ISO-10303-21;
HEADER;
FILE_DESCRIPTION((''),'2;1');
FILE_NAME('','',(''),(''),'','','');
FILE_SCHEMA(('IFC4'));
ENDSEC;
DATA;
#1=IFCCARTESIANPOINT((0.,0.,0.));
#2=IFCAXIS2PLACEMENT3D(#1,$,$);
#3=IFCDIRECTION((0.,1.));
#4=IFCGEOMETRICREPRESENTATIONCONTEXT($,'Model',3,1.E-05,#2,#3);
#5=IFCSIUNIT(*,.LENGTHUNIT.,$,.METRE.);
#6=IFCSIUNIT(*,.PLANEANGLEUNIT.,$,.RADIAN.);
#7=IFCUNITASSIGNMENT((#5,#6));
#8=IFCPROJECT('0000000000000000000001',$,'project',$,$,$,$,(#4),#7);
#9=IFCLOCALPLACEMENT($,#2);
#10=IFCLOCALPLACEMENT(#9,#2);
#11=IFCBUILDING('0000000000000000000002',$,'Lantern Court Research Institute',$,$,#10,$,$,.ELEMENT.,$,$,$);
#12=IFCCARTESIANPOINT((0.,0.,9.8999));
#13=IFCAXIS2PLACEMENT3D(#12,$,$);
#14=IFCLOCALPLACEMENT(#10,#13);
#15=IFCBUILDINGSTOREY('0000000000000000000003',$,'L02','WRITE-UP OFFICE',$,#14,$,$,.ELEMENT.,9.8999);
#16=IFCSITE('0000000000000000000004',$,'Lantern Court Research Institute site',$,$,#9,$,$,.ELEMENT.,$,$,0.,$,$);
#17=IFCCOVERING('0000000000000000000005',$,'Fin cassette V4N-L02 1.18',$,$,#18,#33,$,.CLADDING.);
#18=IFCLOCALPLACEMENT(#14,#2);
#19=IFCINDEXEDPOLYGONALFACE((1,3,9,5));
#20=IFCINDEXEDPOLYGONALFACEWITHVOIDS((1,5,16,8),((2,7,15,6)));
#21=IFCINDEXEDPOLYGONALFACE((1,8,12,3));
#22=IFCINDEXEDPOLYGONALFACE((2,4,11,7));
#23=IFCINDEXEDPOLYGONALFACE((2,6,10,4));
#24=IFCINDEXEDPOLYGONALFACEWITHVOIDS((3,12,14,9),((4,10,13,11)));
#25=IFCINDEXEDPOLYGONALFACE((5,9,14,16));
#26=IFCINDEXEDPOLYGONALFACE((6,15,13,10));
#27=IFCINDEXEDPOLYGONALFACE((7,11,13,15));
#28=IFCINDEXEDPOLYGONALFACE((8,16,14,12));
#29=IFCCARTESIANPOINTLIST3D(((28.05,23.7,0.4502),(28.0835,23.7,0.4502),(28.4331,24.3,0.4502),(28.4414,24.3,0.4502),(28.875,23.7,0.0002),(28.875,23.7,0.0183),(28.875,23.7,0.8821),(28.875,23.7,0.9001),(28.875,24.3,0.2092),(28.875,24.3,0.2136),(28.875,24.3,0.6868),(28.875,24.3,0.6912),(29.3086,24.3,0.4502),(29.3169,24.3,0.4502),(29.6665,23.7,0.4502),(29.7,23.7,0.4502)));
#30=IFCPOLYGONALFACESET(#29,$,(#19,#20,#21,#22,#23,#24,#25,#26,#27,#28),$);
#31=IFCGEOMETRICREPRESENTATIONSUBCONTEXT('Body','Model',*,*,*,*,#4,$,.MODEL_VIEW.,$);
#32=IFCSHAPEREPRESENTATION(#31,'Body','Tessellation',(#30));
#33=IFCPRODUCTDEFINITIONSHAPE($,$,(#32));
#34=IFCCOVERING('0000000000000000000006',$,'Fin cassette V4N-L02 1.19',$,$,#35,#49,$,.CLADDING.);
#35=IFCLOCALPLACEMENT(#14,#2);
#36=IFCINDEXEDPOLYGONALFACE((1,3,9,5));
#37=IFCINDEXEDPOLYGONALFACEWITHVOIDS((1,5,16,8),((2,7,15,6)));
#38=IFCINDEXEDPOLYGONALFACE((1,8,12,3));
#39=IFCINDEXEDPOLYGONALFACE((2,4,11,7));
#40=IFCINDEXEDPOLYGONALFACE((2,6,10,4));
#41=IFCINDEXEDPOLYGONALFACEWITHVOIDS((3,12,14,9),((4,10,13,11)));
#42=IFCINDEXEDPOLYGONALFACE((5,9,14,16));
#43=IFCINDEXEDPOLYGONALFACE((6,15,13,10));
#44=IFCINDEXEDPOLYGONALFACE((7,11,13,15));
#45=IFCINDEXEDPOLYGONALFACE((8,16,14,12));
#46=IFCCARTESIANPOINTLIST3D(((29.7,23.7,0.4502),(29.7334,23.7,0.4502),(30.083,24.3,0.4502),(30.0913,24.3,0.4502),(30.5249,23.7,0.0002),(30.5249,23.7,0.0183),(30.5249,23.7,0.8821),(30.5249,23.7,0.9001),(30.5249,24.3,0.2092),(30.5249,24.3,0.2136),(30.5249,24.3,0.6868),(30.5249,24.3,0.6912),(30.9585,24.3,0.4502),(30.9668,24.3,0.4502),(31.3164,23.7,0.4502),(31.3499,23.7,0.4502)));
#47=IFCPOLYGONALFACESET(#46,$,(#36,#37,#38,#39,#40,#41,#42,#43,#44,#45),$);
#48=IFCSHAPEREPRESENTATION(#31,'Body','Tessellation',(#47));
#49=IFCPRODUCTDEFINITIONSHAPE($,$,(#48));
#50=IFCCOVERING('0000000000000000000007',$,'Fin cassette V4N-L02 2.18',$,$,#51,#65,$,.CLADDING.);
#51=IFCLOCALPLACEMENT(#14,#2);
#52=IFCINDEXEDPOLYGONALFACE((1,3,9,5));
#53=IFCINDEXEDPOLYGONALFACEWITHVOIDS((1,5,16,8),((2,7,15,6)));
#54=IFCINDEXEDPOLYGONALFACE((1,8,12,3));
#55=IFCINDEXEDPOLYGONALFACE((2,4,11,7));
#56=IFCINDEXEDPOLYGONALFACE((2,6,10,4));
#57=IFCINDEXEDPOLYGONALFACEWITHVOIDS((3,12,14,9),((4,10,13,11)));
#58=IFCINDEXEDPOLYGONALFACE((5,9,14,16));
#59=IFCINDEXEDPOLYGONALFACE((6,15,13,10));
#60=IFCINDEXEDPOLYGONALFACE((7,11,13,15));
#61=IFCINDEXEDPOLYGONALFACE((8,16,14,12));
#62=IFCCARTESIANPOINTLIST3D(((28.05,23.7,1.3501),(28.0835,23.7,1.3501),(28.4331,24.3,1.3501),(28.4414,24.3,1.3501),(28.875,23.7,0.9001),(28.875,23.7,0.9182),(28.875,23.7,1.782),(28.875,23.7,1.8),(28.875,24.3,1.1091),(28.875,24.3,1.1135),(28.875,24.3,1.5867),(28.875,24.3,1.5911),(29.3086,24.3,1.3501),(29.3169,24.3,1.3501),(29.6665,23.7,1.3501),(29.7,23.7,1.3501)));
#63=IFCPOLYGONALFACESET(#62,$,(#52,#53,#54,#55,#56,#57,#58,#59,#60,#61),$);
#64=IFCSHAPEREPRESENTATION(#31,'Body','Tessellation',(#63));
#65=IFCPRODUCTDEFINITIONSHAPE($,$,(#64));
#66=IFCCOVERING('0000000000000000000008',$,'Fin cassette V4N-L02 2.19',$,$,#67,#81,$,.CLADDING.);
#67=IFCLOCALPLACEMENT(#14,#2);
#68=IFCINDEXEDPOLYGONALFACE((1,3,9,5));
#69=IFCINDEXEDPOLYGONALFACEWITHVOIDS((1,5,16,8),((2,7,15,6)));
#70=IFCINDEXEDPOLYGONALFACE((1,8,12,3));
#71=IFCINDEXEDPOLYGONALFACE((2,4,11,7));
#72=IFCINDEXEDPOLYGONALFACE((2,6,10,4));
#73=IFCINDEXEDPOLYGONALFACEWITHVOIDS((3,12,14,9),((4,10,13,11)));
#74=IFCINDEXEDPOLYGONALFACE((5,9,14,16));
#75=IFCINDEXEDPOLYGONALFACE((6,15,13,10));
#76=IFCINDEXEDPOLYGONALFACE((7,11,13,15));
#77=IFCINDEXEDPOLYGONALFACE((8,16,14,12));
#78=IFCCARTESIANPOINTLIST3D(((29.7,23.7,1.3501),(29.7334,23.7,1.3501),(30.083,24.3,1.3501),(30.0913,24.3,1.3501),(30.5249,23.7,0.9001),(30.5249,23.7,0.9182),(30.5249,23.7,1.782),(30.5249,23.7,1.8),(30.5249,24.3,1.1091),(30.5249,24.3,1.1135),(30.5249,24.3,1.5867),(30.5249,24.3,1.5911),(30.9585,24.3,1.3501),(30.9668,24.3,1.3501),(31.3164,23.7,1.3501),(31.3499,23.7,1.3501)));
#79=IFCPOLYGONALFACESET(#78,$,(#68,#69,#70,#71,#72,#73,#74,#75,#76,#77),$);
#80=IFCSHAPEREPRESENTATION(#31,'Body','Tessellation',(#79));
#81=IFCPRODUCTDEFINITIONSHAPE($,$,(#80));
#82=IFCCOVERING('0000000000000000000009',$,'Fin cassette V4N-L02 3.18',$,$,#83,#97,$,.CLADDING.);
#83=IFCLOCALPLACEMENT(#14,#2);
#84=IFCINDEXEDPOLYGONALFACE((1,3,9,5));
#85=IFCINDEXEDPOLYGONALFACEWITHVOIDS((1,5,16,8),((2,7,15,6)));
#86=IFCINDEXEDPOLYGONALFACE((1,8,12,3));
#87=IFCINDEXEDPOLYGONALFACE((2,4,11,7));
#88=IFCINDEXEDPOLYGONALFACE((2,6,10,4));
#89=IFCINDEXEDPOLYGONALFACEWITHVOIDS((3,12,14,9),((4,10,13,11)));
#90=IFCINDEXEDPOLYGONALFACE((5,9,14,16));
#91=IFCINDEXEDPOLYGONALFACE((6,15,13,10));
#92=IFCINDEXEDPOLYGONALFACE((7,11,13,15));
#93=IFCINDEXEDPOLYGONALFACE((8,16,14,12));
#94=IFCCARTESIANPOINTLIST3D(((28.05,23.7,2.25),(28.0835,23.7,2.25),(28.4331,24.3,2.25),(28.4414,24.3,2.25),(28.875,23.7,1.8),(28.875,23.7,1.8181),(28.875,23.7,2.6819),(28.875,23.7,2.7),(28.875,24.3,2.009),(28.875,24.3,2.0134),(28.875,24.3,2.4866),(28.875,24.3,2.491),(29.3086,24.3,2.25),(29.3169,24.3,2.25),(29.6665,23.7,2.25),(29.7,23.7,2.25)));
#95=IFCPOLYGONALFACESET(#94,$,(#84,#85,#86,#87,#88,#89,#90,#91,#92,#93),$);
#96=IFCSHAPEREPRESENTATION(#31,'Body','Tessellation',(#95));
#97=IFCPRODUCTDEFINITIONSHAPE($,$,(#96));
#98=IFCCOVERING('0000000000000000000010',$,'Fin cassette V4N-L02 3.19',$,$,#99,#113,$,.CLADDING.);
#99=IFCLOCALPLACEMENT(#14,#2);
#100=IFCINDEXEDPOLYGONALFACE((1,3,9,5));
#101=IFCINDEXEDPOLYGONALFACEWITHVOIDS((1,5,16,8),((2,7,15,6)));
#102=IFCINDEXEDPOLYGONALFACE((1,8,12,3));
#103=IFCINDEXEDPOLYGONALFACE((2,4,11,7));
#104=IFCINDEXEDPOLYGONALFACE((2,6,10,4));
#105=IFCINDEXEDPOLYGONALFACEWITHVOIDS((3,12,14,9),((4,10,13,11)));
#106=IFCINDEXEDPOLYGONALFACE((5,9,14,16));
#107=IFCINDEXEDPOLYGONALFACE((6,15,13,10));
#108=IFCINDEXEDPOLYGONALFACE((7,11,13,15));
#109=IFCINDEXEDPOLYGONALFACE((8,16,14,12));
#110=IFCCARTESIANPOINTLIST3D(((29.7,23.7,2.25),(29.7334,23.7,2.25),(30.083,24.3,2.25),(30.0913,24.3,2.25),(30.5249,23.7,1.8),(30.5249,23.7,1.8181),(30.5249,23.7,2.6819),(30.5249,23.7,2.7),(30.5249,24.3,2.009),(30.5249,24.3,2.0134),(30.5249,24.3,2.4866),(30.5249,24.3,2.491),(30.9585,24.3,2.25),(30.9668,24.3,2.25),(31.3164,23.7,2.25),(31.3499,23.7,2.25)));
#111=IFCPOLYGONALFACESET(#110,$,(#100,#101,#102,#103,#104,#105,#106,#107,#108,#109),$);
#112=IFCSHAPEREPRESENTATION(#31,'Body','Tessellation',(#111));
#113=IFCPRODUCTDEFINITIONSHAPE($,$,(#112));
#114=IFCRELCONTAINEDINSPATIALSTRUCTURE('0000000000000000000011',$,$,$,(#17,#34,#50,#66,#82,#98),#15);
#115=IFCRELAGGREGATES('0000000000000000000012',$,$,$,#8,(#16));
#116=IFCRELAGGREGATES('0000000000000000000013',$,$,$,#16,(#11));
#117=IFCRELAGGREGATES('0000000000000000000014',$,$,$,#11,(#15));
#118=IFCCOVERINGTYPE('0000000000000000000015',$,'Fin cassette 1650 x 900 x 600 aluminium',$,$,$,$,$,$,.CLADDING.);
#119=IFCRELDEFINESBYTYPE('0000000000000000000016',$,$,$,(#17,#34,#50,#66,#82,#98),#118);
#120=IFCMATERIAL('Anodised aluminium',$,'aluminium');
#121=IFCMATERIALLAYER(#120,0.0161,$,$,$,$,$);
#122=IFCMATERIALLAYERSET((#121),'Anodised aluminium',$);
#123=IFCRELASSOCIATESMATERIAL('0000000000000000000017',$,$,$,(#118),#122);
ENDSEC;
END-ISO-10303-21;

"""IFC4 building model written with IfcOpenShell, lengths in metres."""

from ifc_helpers import new_model, entity, si_unit, direction, frame, origin, place, context, subcontext, project, spatial, material, layer, layer_set, type_object, element, save


model = new_model("IFC4")

# Units and contexts
model_context = context("Model", 3, precision=1e-05, world=origin(), true_north=direction((0.0, 1.0)))
body_context = subcontext(model_context, "Body", "Model", "MODEL_VIEW")
ifc_project = project(units=[si_unit("LENGTHUNIT", "METRE"), si_unit("PLANEANGLEUNIT", "RADIAN")], contexts=[model_context])

# Site, building, storey
site_placement = place(None, origin())
site = spatial("IfcSite", under=ifc_project, at=site_placement, Name="Lantern Court Research Institute site", CompositionType="ELEMENT", RefElevation=0.0)
building_placement = place(site_placement, origin())
building = spatial("IfcBuilding", under=site, at=building_placement, Name="Lantern Court Research Institute", CompositionType="ELEMENT")
storey_placement = place(building_placement, frame((0.0, 0.0, 9.8999)))
storey = spatial("IfcBuildingStorey", under=building, at=storey_placement, Name="L02", Description="WRITE-UP OFFICE", CompositionType="ELEMENT", Elevation=9.8999)

# Coverings
ifc_material_1 = material(Name="Anodised aluminium", Category="aluminium")
ifc_layer_1 = layer(ifc_material_1, 0.0161)
ifc_layer_set_1 = layer_set([ifc_layer_1], Name="Anodised aluminium")
covering_type = type_object("IfcCoveringType", Name="Fin cassette 1650 x 900 x 600 aluminium", PredefinedType="CLADDING", material=ifc_layer_set_1)
covering_1_placement = place(storey_placement, frame((28.875, 23.7, 0.4502), z_axis=(0.0, 1.0, 0.0), x_axis=(-1.0, 0.0, 0.0)))
cartesian_point_1 = entity("IfcCartesianPoint", [0.825, 0.0])
cartesian_point_2 = entity("IfcCartesianPoint", [0.7915, 0.0])
cartesian_point_3 = entity("IfcCartesianPoint", [0.4419, 0.0])
cartesian_point_4 = entity("IfcCartesianPoint", [0.4336, 0.0])
element("IfcCovering", 1, at=covering_1_placement, inside=storey, type_object=covering_type, Name="Fin cassette V4N-L02 1.18", PredefinedType="CLADDING", context=body_context, shape_type="SweptSolid", body=[
    entity("IfcExtrudedAreaSolidTapered", entity("IfcArbitraryProfileDefWithVoids", "AREA", None, entity("IfcPolyline", [cartesian_point_1, entity("IfcCartesianPoint", [0.0, 0.45]), entity("IfcCartesianPoint", [-0.825, 0.0]), entity("IfcCartesianPoint", [0.0, -0.45]), cartesian_point_1]), [entity("IfcPolyline", [cartesian_point_2, entity("IfcCartesianPoint", [0.0, 0.4319]), entity("IfcCartesianPoint", [-0.7915, 0.0]), entity("IfcCartesianPoint", [0.0, -0.4319]), cartesian_point_2])]), entity("IfcAxis2Placement3D", entity("IfcCartesianPoint", [0.0, 0.0, 0.0])), entity("IfcDirection", [0.0, 0.0, 1.0]), 0.6001, entity("IfcArbitraryProfileDefWithVoids", "AREA", None, entity("IfcPolyline", [cartesian_point_3, entity("IfcCartesianPoint", [0.0, 0.241]), entity("IfcCartesianPoint", [-0.4419, 0.0]), entity("IfcCartesianPoint", [0.0, -0.241]), cartesian_point_3]), [entity("IfcPolyline", [cartesian_point_4, entity("IfcCartesianPoint", [0.0, 0.2366]), entity("IfcCartesianPoint", [-0.4336, 0.0]), entity("IfcCartesianPoint", [0.0, -0.2366]), cartesian_point_4])])),
])
covering_2_placement = place(storey_placement, frame((30.5249, 23.7, 0.4502), z_axis=(0.0, 1.0, 0.0), x_axis=(-1.0, 0.0, 0.0)))
cartesian_point_5 = entity("IfcCartesianPoint", [0.825, 0.0])
cartesian_point_6 = entity("IfcCartesianPoint", [0.7915, 0.0])
cartesian_point_7 = entity("IfcCartesianPoint", [0.4419, 0.0])
cartesian_point_8 = entity("IfcCartesianPoint", [0.4336, 0.0])
element("IfcCovering", 2, at=covering_2_placement, inside=storey, type_object=covering_type, Name="Fin cassette V4N-L02 1.19", PredefinedType="CLADDING", context=body_context, shape_type="SweptSolid", body=[
    entity("IfcExtrudedAreaSolidTapered", entity("IfcArbitraryProfileDefWithVoids", "AREA", None, entity("IfcPolyline", [cartesian_point_5, entity("IfcCartesianPoint", [0.0, 0.45]), entity("IfcCartesianPoint", [-0.825, 0.0]), entity("IfcCartesianPoint", [0.0, -0.45]), cartesian_point_5]), [entity("IfcPolyline", [cartesian_point_6, entity("IfcCartesianPoint", [0.0, 0.4319]), entity("IfcCartesianPoint", [-0.7915, 0.0]), entity("IfcCartesianPoint", [0.0, -0.4319]), cartesian_point_6])]), entity("IfcAxis2Placement3D", entity("IfcCartesianPoint", [0.0, 0.0, 0.0])), entity("IfcDirection", [0.0, 0.0, 1.0]), 0.6001, entity("IfcArbitraryProfileDefWithVoids", "AREA", None, entity("IfcPolyline", [cartesian_point_7, entity("IfcCartesianPoint", [0.0, 0.241]), entity("IfcCartesianPoint", [-0.4419, 0.0]), entity("IfcCartesianPoint", [0.0, -0.241]), cartesian_point_7]), [entity("IfcPolyline", [cartesian_point_8, entity("IfcCartesianPoint", [0.0, 0.2366]), entity("IfcCartesianPoint", [-0.4336, 0.0]), entity("IfcCartesianPoint", [0.0, -0.2366]), cartesian_point_8])])),
])
covering_3_placement = place(storey_placement, frame((28.875, 23.7, 1.3501), z_axis=(0.0, 1.0, 0.0), x_axis=(-1.0, 0.0, 0.0)))
cartesian_point_9 = entity("IfcCartesianPoint", [0.825, 0.0])
cartesian_point_10 = entity("IfcCartesianPoint", [0.7915, 0.0])
cartesian_point_11 = entity("IfcCartesianPoint", [0.4419, 0.0])
cartesian_point_12 = entity("IfcCartesianPoint", [0.4336, 0.0])
element("IfcCovering", 3, at=covering_3_placement, inside=storey, type_object=covering_type, Name="Fin cassette V4N-L02 2.18", PredefinedType="CLADDING", context=body_context, shape_type="SweptSolid", body=[
    entity("IfcExtrudedAreaSolidTapered", entity("IfcArbitraryProfileDefWithVoids", "AREA", None, entity("IfcPolyline", [cartesian_point_9, entity("IfcCartesianPoint", [0.0, 0.45]), entity("IfcCartesianPoint", [-0.825, 0.0]), entity("IfcCartesianPoint", [0.0, -0.45]), cartesian_point_9]), [entity("IfcPolyline", [cartesian_point_10, entity("IfcCartesianPoint", [0.0, 0.4319]), entity("IfcCartesianPoint", [-0.7915, 0.0]), entity("IfcCartesianPoint", [0.0, -0.4319]), cartesian_point_10])]), entity("IfcAxis2Placement3D", entity("IfcCartesianPoint", [0.0, 0.0, 0.0])), entity("IfcDirection", [0.0, 0.0, 1.0]), 0.6001, entity("IfcArbitraryProfileDefWithVoids", "AREA", None, entity("IfcPolyline", [cartesian_point_11, entity("IfcCartesianPoint", [0.0, 0.241]), entity("IfcCartesianPoint", [-0.4419, 0.0]), entity("IfcCartesianPoint", [0.0, -0.241]), cartesian_point_11]), [entity("IfcPolyline", [cartesian_point_12, entity("IfcCartesianPoint", [0.0, 0.2366]), entity("IfcCartesianPoint", [-0.4336, 0.0]), entity("IfcCartesianPoint", [0.0, -0.2366]), cartesian_point_12])])),
])
covering_4_placement = place(storey_placement, frame((30.5249, 23.7, 1.3501), z_axis=(0.0, 1.0, 0.0), x_axis=(-1.0, 0.0, 0.0)))
cartesian_point_13 = entity("IfcCartesianPoint", [0.825, 0.0])
cartesian_point_14 = entity("IfcCartesianPoint", [0.7915, 0.0])
cartesian_point_15 = entity("IfcCartesianPoint", [0.4419, 0.0])
cartesian_point_16 = entity("IfcCartesianPoint", [0.4336, 0.0])
element("IfcCovering", 4, at=covering_4_placement, inside=storey, type_object=covering_type, Name="Fin cassette V4N-L02 2.19", PredefinedType="CLADDING", context=body_context, shape_type="SweptSolid", body=[
    entity("IfcExtrudedAreaSolidTapered", entity("IfcArbitraryProfileDefWithVoids", "AREA", None, entity("IfcPolyline", [cartesian_point_13, entity("IfcCartesianPoint", [0.0, 0.45]), entity("IfcCartesianPoint", [-0.825, 0.0]), entity("IfcCartesianPoint", [0.0, -0.45]), cartesian_point_13]), [entity("IfcPolyline", [cartesian_point_14, entity("IfcCartesianPoint", [0.0, 0.4319]), entity("IfcCartesianPoint", [-0.7915, 0.0]), entity("IfcCartesianPoint", [0.0, -0.4319]), cartesian_point_14])]), entity("IfcAxis2Placement3D", entity("IfcCartesianPoint", [0.0, 0.0, 0.0])), entity("IfcDirection", [0.0, 0.0, 1.0]), 0.6001, entity("IfcArbitraryProfileDefWithVoids", "AREA", None, entity("IfcPolyline", [cartesian_point_15, entity("IfcCartesianPoint", [0.0, 0.241]), entity("IfcCartesianPoint", [-0.4419, 0.0]), entity("IfcCartesianPoint", [0.0, -0.241]), cartesian_point_15]), [entity("IfcPolyline", [cartesian_point_16, entity("IfcCartesianPoint", [0.0, 0.2366]), entity("IfcCartesianPoint", [-0.4336, 0.0]), entity("IfcCartesianPoint", [0.0, -0.2366]), cartesian_point_16])])),
])
covering_5_placement = place(storey_placement, frame((28.875, 23.7, 2.25), z_axis=(0.0, 1.0, 0.0), x_axis=(-1.0, 0.0, 0.0)))
cartesian_point_17 = entity("IfcCartesianPoint", [0.825, 0.0])
cartesian_point_18 = entity("IfcCartesianPoint", [0.7915, 0.0])
cartesian_point_19 = entity("IfcCartesianPoint", [0.4419, 0.0])
cartesian_point_20 = entity("IfcCartesianPoint", [0.4336, 0.0])
element("IfcCovering", 5, at=covering_5_placement, inside=storey, type_object=covering_type, Name="Fin cassette V4N-L02 3.18", PredefinedType="CLADDING", context=body_context, shape_type="SweptSolid", body=[
    entity("IfcExtrudedAreaSolidTapered", entity("IfcArbitraryProfileDefWithVoids", "AREA", None, entity("IfcPolyline", [cartesian_point_17, entity("IfcCartesianPoint", [0.0, 0.45]), entity("IfcCartesianPoint", [-0.825, 0.0]), entity("IfcCartesianPoint", [0.0, -0.45]), cartesian_point_17]), [entity("IfcPolyline", [cartesian_point_18, entity("IfcCartesianPoint", [0.0, 0.4319]), entity("IfcCartesianPoint", [-0.7915, 0.0]), entity("IfcCartesianPoint", [0.0, -0.4319]), cartesian_point_18])]), entity("IfcAxis2Placement3D", entity("IfcCartesianPoint", [0.0, 0.0, 0.0])), entity("IfcDirection", [0.0, 0.0, 1.0]), 0.6001, entity("IfcArbitraryProfileDefWithVoids", "AREA", None, entity("IfcPolyline", [cartesian_point_19, entity("IfcCartesianPoint", [0.0, 0.241]), entity("IfcCartesianPoint", [-0.4419, 0.0]), entity("IfcCartesianPoint", [0.0, -0.241]), cartesian_point_19]), [entity("IfcPolyline", [cartesian_point_20, entity("IfcCartesianPoint", [0.0, 0.2366]), entity("IfcCartesianPoint", [-0.4336, 0.0]), entity("IfcCartesianPoint", [0.0, -0.2366]), cartesian_point_20])])),
])
covering_6_placement = place(storey_placement, frame((30.5249, 23.7, 2.25), z_axis=(0.0, 1.0, 0.0), x_axis=(-1.0, 0.0, 0.0)))
cartesian_point_21 = entity("IfcCartesianPoint", [0.825, 0.0])
cartesian_point_22 = entity("IfcCartesianPoint", [0.7915, 0.0])
cartesian_point_23 = entity("IfcCartesianPoint", [0.4419, 0.0])
cartesian_point_24 = entity("IfcCartesianPoint", [0.4336, 0.0])
element("IfcCovering", 6, at=covering_6_placement, inside=storey, type_object=covering_type, Name="Fin cassette V4N-L02 3.19", PredefinedType="CLADDING", context=body_context, shape_type="SweptSolid", body=[
    entity("IfcExtrudedAreaSolidTapered", entity("IfcArbitraryProfileDefWithVoids", "AREA", None, entity("IfcPolyline", [cartesian_point_21, entity("IfcCartesianPoint", [0.0, 0.45]), entity("IfcCartesianPoint", [-0.825, 0.0]), entity("IfcCartesianPoint", [0.0, -0.45]), cartesian_point_21]), [entity("IfcPolyline", [cartesian_point_22, entity("IfcCartesianPoint", [0.0, 0.4319]), entity("IfcCartesianPoint", [-0.7915, 0.0]), entity("IfcCartesianPoint", [0.0, -0.4319]), cartesian_point_22])]), entity("IfcAxis2Placement3D", entity("IfcCartesianPoint", [0.0, 0.0, 0.0])), entity("IfcDirection", [0.0, 0.0, 1.0]), 0.6001, entity("IfcArbitraryProfileDefWithVoids", "AREA", None, entity("IfcPolyline", [cartesian_point_23, entity("IfcCartesianPoint", [0.0, 0.241]), entity("IfcCartesianPoint", [-0.4419, 0.0]), entity("IfcCartesianPoint", [0.0, -0.241]), cartesian_point_23]), [entity("IfcPolyline", [cartesian_point_24, entity("IfcCartesianPoint", [0.0, 0.2366]), entity("IfcCartesianPoint", [-0.4336, 0.0]), entity("IfcCartesianPoint", [0.0, -0.2366]), cartesian_point_24])])),
])

save(model, "model.ifc")
